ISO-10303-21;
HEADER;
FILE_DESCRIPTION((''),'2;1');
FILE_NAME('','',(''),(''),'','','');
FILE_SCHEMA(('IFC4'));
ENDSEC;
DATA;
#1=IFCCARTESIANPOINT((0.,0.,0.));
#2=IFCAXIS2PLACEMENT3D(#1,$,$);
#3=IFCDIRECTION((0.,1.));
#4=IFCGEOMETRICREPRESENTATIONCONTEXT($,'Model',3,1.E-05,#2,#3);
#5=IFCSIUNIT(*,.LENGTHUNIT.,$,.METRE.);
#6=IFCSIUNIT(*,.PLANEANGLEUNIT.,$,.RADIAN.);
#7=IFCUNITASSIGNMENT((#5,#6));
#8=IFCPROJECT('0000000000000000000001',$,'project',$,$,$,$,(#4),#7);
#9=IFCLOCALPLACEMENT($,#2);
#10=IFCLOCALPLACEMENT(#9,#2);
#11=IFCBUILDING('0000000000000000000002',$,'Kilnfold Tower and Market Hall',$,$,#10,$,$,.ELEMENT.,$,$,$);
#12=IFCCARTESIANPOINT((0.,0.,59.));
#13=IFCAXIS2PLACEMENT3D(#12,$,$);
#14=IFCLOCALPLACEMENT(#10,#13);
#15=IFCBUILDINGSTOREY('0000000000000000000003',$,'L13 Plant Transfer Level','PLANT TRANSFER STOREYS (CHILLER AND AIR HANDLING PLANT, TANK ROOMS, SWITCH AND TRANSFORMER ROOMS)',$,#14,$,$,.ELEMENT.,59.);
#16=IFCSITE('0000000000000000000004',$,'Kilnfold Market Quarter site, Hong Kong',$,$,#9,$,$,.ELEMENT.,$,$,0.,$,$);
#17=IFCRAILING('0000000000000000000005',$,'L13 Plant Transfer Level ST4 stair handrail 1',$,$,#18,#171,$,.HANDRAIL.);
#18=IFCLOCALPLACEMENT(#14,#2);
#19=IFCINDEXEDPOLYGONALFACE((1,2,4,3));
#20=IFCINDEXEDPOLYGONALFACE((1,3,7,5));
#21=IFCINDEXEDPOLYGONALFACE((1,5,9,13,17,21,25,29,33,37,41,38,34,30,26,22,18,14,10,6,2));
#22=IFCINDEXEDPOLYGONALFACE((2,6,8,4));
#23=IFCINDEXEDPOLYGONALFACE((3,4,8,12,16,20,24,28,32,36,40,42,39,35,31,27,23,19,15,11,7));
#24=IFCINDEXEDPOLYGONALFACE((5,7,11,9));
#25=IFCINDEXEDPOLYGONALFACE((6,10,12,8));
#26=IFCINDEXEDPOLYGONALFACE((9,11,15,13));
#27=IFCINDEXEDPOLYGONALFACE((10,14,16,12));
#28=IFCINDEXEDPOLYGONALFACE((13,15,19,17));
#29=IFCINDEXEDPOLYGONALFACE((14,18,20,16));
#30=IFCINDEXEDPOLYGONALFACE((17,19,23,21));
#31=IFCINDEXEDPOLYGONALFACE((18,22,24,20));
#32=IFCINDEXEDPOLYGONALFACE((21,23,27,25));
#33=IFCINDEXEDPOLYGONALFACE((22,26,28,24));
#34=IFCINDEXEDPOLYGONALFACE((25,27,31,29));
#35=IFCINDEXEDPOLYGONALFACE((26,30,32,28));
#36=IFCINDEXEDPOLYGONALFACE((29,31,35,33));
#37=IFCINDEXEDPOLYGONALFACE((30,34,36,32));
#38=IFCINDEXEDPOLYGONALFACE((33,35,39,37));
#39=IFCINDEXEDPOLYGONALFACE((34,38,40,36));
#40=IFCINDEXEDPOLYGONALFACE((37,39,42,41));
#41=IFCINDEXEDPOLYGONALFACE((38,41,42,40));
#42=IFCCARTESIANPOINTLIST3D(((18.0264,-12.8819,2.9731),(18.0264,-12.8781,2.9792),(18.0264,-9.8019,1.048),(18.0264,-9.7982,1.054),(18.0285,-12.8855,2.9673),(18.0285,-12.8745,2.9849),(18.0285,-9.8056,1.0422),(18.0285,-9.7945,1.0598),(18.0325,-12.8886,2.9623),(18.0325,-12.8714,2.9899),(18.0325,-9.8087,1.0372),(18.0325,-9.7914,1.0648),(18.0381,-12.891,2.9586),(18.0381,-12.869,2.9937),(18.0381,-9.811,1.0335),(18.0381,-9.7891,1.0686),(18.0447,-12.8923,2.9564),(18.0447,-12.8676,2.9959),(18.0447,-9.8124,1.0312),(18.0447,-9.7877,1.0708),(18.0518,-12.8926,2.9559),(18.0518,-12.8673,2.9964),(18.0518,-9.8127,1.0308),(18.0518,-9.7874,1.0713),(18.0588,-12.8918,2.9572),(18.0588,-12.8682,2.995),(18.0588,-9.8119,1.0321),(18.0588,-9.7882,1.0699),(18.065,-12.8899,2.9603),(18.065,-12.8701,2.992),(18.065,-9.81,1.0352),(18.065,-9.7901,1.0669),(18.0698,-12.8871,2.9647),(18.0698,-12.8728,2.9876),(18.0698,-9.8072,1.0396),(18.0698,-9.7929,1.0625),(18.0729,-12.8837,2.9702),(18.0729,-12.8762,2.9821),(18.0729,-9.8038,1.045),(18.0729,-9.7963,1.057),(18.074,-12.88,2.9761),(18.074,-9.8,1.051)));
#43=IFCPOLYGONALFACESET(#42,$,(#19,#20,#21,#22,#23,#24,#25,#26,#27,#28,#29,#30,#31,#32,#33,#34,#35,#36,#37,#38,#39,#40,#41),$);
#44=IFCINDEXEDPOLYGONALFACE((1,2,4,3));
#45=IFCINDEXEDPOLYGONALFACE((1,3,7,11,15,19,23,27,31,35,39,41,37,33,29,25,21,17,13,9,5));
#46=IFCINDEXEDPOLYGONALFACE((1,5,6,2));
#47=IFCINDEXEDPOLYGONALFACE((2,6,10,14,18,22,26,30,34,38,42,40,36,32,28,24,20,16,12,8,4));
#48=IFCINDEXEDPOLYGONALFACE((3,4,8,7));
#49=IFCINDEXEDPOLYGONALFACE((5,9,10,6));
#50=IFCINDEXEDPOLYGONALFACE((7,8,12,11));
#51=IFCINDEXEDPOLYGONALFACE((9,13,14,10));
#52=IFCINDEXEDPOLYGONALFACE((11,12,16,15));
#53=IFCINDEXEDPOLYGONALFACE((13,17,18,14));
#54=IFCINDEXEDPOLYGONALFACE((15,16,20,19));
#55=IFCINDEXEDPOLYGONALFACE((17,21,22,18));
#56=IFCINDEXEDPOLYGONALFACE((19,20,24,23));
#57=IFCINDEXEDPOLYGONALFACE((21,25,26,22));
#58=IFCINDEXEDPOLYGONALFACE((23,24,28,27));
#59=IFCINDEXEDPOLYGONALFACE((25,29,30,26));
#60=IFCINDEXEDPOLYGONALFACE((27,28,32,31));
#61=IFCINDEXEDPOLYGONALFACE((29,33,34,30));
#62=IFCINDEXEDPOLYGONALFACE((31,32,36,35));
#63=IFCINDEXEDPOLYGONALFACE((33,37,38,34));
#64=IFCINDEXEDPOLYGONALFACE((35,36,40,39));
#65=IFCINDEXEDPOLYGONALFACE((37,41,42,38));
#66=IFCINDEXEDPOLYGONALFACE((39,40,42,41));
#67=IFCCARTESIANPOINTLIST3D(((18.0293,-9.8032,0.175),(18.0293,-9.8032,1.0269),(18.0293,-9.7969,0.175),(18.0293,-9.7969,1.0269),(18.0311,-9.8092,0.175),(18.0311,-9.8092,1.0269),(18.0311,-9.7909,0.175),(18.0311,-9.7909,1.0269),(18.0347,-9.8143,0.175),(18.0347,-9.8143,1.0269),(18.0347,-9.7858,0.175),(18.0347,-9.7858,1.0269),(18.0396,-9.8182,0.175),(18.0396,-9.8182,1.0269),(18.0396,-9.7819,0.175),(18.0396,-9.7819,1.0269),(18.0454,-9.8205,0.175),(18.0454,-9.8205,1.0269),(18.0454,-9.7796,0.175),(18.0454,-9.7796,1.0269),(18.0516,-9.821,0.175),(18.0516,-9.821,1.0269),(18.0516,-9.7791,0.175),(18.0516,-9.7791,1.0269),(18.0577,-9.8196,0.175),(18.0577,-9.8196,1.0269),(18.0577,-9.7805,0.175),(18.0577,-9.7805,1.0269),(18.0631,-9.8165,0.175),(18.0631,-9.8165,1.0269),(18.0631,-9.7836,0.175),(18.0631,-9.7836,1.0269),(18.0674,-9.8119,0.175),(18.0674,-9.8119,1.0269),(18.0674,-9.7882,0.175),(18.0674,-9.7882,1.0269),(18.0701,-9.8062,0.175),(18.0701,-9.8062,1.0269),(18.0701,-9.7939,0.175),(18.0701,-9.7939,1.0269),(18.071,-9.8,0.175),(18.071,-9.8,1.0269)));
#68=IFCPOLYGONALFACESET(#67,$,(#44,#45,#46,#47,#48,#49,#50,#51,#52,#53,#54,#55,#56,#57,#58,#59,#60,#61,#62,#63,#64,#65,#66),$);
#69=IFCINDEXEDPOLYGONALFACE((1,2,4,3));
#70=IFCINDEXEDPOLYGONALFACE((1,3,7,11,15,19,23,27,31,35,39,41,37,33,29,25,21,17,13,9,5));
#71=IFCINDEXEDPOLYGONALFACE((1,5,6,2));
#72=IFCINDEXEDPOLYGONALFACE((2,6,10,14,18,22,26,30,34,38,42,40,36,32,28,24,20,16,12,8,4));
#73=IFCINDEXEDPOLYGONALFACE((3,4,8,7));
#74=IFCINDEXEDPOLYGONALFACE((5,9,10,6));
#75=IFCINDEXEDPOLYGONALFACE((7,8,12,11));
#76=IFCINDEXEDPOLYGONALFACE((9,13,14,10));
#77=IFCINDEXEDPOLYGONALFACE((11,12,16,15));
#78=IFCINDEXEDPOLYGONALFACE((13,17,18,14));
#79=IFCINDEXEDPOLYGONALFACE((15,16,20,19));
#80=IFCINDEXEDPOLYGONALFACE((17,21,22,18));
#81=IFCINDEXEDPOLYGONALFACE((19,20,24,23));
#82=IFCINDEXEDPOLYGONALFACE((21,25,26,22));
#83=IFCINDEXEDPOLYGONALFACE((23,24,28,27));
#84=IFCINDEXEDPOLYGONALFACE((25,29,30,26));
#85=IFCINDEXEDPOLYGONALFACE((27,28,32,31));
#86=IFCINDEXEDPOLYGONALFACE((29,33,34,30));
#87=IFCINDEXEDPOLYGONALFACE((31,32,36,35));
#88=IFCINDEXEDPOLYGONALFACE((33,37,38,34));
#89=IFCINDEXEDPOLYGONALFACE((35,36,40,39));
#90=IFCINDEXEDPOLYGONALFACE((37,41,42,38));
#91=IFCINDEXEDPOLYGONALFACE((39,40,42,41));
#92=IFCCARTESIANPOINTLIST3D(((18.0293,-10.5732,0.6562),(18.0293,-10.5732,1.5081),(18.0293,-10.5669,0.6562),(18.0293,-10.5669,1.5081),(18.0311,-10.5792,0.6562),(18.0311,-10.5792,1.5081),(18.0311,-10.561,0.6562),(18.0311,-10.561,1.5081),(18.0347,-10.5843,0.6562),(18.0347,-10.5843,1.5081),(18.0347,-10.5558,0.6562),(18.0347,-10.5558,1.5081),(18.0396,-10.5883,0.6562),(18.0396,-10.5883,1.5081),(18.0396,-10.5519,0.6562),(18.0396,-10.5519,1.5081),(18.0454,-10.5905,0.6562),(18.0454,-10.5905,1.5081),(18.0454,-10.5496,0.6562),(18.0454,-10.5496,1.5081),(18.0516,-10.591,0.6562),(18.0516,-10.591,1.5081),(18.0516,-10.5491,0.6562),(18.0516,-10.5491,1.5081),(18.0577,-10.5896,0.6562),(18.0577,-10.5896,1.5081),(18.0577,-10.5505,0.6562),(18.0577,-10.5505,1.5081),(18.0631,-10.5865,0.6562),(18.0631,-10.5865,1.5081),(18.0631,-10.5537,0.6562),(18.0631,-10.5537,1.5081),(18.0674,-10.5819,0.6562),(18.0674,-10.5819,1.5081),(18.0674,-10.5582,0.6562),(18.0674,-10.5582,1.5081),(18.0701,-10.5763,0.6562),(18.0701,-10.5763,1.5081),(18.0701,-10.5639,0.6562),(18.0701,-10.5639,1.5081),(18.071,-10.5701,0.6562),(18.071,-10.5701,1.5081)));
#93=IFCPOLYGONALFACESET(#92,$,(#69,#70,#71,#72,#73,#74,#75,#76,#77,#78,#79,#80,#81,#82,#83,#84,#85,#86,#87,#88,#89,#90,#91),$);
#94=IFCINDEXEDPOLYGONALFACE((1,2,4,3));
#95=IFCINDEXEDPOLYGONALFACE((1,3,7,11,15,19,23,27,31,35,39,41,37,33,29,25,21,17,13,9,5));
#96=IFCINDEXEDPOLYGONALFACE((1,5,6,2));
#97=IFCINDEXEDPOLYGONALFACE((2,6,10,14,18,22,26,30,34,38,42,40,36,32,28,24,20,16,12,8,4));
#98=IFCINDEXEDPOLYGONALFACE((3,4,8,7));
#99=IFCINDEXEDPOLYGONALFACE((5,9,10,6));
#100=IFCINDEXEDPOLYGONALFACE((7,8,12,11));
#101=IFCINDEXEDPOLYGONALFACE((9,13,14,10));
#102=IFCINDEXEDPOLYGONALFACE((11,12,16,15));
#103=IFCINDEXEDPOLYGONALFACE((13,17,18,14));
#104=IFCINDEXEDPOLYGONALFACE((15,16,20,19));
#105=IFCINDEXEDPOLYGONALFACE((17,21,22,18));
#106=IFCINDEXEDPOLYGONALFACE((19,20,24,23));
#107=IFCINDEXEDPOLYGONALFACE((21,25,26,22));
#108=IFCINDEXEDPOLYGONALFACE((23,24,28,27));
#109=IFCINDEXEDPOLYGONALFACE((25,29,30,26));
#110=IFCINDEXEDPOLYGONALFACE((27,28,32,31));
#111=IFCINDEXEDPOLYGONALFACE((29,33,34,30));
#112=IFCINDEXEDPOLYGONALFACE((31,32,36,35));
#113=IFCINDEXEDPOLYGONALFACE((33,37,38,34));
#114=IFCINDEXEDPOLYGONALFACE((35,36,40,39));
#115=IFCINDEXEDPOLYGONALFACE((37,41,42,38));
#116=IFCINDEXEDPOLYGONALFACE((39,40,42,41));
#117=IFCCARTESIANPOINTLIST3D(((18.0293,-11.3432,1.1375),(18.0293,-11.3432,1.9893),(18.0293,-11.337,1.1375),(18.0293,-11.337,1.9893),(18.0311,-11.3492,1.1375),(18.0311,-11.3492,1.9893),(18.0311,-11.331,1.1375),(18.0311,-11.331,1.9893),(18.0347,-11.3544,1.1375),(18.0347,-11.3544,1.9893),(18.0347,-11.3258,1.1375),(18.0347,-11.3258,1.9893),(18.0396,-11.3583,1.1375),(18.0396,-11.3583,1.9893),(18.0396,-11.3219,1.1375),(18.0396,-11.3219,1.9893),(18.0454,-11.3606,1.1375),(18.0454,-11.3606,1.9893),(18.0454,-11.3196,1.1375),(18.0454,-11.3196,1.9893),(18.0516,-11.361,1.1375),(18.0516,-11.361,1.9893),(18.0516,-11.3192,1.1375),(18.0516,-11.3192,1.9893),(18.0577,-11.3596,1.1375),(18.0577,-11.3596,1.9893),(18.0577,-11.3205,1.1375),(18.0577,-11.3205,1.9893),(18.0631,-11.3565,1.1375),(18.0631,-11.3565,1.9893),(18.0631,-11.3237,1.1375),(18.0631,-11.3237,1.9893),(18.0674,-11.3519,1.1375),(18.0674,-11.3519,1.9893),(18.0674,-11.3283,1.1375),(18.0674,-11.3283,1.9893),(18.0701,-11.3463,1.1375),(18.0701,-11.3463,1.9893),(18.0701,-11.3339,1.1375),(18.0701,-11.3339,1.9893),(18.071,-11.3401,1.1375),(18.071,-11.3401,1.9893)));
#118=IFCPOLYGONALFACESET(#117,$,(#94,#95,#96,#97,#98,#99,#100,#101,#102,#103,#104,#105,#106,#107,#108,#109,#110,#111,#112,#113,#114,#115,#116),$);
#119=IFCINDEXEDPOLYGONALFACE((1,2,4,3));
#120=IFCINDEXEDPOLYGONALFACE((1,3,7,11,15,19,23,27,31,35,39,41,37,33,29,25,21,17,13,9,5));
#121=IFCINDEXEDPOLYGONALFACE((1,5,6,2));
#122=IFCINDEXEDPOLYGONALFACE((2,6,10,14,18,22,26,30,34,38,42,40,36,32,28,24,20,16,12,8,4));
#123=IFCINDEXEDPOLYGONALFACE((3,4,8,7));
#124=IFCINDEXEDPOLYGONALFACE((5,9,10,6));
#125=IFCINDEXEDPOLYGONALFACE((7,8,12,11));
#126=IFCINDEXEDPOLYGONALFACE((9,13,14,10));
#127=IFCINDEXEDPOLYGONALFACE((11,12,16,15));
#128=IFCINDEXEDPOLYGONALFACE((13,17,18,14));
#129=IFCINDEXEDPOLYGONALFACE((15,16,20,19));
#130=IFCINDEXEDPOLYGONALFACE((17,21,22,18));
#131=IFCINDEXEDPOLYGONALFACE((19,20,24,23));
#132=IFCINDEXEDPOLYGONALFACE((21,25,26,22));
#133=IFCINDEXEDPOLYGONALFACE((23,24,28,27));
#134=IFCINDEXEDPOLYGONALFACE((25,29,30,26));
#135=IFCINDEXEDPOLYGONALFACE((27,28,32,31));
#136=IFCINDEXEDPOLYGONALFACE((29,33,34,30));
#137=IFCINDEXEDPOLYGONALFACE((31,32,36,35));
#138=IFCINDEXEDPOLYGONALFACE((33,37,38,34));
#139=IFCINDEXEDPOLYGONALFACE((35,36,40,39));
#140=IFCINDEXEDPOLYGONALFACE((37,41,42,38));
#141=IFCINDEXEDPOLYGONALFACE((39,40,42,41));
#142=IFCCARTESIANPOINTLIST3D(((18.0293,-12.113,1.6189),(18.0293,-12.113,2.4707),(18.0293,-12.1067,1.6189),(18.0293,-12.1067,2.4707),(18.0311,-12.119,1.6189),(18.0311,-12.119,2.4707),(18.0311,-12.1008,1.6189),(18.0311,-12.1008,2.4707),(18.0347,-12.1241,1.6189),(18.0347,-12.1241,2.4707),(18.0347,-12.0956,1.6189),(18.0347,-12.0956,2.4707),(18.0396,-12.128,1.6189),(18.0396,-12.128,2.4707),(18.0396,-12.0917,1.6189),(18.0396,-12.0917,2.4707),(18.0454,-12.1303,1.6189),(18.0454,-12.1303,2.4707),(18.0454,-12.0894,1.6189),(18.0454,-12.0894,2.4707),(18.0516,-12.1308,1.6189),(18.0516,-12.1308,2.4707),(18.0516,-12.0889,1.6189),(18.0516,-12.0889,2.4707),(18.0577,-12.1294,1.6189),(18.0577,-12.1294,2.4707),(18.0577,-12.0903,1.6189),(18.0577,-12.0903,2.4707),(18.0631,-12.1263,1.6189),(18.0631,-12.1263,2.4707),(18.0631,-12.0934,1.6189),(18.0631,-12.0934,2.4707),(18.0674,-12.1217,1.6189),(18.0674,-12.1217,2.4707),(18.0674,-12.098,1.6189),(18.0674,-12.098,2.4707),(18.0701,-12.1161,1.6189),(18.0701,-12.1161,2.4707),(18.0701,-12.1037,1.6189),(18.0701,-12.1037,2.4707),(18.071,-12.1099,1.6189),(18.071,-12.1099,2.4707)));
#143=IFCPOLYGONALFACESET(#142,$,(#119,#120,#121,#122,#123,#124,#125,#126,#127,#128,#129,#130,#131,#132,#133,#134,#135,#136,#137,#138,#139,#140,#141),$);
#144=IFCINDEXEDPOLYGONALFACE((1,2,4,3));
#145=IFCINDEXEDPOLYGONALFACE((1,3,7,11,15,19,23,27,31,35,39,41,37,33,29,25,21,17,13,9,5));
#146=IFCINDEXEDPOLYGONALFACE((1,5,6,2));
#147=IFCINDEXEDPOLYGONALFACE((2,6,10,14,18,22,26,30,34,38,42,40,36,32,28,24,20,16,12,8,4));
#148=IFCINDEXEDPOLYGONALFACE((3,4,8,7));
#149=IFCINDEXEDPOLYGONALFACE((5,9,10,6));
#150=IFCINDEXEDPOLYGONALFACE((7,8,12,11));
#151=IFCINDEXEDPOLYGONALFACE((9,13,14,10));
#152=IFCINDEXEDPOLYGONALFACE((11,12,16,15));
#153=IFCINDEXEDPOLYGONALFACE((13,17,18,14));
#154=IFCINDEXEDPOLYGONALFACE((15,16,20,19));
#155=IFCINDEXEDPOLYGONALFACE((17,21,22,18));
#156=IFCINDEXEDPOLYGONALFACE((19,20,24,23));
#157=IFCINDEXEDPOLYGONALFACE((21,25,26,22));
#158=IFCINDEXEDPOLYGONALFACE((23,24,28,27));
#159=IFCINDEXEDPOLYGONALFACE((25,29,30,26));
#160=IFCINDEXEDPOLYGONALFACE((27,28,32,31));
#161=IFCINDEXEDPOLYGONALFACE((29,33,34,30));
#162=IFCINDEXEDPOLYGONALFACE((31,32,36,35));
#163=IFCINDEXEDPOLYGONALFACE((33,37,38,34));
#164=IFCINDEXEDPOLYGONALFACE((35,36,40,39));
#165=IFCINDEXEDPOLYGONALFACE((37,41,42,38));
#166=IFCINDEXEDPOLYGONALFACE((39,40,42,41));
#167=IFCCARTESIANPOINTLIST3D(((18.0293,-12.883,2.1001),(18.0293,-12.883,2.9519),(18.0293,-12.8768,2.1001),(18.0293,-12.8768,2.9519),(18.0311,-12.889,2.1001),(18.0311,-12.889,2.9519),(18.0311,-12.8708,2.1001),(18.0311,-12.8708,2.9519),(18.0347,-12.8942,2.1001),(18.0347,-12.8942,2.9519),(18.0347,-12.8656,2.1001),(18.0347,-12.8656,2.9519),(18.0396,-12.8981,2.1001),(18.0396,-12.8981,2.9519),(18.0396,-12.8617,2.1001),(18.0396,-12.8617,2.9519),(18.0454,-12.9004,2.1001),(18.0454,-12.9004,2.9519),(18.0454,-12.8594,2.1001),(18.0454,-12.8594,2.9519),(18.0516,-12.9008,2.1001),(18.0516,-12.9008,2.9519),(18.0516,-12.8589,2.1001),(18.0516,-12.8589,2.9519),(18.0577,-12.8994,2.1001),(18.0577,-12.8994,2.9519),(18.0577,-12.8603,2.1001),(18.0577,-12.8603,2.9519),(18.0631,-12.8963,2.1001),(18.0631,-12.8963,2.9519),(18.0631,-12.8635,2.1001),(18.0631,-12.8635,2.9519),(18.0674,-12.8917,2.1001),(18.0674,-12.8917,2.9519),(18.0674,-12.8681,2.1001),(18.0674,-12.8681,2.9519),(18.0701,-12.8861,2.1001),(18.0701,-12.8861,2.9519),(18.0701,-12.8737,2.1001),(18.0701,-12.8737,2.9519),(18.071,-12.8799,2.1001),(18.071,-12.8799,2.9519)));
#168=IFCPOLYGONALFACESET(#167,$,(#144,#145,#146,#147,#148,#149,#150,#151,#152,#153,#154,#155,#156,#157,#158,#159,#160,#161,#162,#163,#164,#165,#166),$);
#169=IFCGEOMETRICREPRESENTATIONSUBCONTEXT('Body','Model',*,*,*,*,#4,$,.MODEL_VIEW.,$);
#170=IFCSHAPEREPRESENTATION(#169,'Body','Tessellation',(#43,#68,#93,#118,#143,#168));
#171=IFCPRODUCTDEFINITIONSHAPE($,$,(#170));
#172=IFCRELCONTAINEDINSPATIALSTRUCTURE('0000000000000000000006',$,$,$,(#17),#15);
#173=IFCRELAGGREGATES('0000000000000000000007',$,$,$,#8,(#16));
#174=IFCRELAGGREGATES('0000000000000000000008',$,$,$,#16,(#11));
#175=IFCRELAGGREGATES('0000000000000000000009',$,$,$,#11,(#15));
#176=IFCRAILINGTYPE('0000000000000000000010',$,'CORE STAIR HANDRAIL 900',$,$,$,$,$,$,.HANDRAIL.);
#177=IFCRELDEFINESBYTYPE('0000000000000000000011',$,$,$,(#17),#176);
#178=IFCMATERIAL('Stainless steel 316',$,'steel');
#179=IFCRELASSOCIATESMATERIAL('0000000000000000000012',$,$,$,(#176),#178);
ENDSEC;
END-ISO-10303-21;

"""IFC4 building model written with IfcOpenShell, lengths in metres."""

from ifc_helpers import new_model, si_unit, direction, frame, origin, origin_2d, place, context, subcontext, project, spatial, circle, extrude, material, type_object, element, save


model = new_model("IFC4")

# Units and contexts
model_context = context("Model", 3, precision=1e-05, world=origin(), true_north=direction((0.0, 1.0)))
body_context = subcontext(model_context, "Body", "Model", "MODEL_VIEW")
ifc_project = project(units=[si_unit("LENGTHUNIT", "METRE"), si_unit("PLANEANGLEUNIT", "RADIAN")], contexts=[model_context])

# Site, building, storey
site_placement = place(None, origin())
site = spatial("IfcSite", under=ifc_project, at=site_placement, Name="Kilnfold Market Quarter site, Hong Kong", CompositionType="ELEMENT", RefElevation=0.0)
building_placement = place(site_placement, origin())
building = spatial("IfcBuilding", under=site, at=building_placement, Name="Kilnfold Tower and Market Hall", CompositionType="ELEMENT")
storey_placement = place(building_placement, frame((0.0, 0.0, 59.0)))
storey = spatial("IfcBuildingStorey", under=building, at=storey_placement, Name="L13 Plant Transfer Level", Description="PLANT TRANSFER STOREYS (CHILLER AND AIR HANDLING PLANT, TANK ROOMS, SWITCH AND TRANSFORMER ROOMS)", CompositionType="ELEMENT", Elevation=59.0)

# Railing
ifc_material_1 = material(Name="Stainless steel 316", Category="steel")
railing_type = type_object("IfcRailingType", Name="CORE STAIR HANDRAIL 900", PredefinedType="HANDRAIL", material=ifc_material_1)
railing_placement = place(storey_placement, frame((18.05, -9.8, 0.175)))
element("IfcRailing", 1, at=railing_placement, inside=storey, type_object=railing_type, Name="L13 Plant Transfer Level ST4 stair handrail 1", PredefinedType="HANDRAIL", context=body_context, shape_type="SweptSolid", body=[
    extrude(circle(Radius=0.0239, at=origin_2d()), frame((0.0, 0.0, 0.876), z_axis=(0.0, -0.847979, 0.530029), x_axis=(1.0, 0.0, 0.0)), (0.0, 0.0, 1.0), 3.6321),
    extrude(circle(Radius=0.021, at=origin_2d()), origin(), (0.0, 0.0, 1.0), 0.8518),
    extrude(circle(Radius=0.021, at=origin_2d()), frame((0.0, -0.77, 0.4812)), (0.0, 0.0, 1.0), 0.8518),
    extrude(circle(Radius=0.021, at=origin_2d()), frame((0.0, -1.54, 0.9624)), (0.0, 0.0, 1.0), 0.8518),
    extrude(circle(Radius=0.021, at=origin_2d()), frame((0.0, -2.3098, 1.4438)), (0.0, 0.0, 1.0), 0.8518),
    extrude(circle(Radius=0.021, at=origin_2d()), frame((0.0, -3.0798, 1.925)), (0.0, 0.0, 1.0), 0.8518),
])

save(model, "model.ifc")
